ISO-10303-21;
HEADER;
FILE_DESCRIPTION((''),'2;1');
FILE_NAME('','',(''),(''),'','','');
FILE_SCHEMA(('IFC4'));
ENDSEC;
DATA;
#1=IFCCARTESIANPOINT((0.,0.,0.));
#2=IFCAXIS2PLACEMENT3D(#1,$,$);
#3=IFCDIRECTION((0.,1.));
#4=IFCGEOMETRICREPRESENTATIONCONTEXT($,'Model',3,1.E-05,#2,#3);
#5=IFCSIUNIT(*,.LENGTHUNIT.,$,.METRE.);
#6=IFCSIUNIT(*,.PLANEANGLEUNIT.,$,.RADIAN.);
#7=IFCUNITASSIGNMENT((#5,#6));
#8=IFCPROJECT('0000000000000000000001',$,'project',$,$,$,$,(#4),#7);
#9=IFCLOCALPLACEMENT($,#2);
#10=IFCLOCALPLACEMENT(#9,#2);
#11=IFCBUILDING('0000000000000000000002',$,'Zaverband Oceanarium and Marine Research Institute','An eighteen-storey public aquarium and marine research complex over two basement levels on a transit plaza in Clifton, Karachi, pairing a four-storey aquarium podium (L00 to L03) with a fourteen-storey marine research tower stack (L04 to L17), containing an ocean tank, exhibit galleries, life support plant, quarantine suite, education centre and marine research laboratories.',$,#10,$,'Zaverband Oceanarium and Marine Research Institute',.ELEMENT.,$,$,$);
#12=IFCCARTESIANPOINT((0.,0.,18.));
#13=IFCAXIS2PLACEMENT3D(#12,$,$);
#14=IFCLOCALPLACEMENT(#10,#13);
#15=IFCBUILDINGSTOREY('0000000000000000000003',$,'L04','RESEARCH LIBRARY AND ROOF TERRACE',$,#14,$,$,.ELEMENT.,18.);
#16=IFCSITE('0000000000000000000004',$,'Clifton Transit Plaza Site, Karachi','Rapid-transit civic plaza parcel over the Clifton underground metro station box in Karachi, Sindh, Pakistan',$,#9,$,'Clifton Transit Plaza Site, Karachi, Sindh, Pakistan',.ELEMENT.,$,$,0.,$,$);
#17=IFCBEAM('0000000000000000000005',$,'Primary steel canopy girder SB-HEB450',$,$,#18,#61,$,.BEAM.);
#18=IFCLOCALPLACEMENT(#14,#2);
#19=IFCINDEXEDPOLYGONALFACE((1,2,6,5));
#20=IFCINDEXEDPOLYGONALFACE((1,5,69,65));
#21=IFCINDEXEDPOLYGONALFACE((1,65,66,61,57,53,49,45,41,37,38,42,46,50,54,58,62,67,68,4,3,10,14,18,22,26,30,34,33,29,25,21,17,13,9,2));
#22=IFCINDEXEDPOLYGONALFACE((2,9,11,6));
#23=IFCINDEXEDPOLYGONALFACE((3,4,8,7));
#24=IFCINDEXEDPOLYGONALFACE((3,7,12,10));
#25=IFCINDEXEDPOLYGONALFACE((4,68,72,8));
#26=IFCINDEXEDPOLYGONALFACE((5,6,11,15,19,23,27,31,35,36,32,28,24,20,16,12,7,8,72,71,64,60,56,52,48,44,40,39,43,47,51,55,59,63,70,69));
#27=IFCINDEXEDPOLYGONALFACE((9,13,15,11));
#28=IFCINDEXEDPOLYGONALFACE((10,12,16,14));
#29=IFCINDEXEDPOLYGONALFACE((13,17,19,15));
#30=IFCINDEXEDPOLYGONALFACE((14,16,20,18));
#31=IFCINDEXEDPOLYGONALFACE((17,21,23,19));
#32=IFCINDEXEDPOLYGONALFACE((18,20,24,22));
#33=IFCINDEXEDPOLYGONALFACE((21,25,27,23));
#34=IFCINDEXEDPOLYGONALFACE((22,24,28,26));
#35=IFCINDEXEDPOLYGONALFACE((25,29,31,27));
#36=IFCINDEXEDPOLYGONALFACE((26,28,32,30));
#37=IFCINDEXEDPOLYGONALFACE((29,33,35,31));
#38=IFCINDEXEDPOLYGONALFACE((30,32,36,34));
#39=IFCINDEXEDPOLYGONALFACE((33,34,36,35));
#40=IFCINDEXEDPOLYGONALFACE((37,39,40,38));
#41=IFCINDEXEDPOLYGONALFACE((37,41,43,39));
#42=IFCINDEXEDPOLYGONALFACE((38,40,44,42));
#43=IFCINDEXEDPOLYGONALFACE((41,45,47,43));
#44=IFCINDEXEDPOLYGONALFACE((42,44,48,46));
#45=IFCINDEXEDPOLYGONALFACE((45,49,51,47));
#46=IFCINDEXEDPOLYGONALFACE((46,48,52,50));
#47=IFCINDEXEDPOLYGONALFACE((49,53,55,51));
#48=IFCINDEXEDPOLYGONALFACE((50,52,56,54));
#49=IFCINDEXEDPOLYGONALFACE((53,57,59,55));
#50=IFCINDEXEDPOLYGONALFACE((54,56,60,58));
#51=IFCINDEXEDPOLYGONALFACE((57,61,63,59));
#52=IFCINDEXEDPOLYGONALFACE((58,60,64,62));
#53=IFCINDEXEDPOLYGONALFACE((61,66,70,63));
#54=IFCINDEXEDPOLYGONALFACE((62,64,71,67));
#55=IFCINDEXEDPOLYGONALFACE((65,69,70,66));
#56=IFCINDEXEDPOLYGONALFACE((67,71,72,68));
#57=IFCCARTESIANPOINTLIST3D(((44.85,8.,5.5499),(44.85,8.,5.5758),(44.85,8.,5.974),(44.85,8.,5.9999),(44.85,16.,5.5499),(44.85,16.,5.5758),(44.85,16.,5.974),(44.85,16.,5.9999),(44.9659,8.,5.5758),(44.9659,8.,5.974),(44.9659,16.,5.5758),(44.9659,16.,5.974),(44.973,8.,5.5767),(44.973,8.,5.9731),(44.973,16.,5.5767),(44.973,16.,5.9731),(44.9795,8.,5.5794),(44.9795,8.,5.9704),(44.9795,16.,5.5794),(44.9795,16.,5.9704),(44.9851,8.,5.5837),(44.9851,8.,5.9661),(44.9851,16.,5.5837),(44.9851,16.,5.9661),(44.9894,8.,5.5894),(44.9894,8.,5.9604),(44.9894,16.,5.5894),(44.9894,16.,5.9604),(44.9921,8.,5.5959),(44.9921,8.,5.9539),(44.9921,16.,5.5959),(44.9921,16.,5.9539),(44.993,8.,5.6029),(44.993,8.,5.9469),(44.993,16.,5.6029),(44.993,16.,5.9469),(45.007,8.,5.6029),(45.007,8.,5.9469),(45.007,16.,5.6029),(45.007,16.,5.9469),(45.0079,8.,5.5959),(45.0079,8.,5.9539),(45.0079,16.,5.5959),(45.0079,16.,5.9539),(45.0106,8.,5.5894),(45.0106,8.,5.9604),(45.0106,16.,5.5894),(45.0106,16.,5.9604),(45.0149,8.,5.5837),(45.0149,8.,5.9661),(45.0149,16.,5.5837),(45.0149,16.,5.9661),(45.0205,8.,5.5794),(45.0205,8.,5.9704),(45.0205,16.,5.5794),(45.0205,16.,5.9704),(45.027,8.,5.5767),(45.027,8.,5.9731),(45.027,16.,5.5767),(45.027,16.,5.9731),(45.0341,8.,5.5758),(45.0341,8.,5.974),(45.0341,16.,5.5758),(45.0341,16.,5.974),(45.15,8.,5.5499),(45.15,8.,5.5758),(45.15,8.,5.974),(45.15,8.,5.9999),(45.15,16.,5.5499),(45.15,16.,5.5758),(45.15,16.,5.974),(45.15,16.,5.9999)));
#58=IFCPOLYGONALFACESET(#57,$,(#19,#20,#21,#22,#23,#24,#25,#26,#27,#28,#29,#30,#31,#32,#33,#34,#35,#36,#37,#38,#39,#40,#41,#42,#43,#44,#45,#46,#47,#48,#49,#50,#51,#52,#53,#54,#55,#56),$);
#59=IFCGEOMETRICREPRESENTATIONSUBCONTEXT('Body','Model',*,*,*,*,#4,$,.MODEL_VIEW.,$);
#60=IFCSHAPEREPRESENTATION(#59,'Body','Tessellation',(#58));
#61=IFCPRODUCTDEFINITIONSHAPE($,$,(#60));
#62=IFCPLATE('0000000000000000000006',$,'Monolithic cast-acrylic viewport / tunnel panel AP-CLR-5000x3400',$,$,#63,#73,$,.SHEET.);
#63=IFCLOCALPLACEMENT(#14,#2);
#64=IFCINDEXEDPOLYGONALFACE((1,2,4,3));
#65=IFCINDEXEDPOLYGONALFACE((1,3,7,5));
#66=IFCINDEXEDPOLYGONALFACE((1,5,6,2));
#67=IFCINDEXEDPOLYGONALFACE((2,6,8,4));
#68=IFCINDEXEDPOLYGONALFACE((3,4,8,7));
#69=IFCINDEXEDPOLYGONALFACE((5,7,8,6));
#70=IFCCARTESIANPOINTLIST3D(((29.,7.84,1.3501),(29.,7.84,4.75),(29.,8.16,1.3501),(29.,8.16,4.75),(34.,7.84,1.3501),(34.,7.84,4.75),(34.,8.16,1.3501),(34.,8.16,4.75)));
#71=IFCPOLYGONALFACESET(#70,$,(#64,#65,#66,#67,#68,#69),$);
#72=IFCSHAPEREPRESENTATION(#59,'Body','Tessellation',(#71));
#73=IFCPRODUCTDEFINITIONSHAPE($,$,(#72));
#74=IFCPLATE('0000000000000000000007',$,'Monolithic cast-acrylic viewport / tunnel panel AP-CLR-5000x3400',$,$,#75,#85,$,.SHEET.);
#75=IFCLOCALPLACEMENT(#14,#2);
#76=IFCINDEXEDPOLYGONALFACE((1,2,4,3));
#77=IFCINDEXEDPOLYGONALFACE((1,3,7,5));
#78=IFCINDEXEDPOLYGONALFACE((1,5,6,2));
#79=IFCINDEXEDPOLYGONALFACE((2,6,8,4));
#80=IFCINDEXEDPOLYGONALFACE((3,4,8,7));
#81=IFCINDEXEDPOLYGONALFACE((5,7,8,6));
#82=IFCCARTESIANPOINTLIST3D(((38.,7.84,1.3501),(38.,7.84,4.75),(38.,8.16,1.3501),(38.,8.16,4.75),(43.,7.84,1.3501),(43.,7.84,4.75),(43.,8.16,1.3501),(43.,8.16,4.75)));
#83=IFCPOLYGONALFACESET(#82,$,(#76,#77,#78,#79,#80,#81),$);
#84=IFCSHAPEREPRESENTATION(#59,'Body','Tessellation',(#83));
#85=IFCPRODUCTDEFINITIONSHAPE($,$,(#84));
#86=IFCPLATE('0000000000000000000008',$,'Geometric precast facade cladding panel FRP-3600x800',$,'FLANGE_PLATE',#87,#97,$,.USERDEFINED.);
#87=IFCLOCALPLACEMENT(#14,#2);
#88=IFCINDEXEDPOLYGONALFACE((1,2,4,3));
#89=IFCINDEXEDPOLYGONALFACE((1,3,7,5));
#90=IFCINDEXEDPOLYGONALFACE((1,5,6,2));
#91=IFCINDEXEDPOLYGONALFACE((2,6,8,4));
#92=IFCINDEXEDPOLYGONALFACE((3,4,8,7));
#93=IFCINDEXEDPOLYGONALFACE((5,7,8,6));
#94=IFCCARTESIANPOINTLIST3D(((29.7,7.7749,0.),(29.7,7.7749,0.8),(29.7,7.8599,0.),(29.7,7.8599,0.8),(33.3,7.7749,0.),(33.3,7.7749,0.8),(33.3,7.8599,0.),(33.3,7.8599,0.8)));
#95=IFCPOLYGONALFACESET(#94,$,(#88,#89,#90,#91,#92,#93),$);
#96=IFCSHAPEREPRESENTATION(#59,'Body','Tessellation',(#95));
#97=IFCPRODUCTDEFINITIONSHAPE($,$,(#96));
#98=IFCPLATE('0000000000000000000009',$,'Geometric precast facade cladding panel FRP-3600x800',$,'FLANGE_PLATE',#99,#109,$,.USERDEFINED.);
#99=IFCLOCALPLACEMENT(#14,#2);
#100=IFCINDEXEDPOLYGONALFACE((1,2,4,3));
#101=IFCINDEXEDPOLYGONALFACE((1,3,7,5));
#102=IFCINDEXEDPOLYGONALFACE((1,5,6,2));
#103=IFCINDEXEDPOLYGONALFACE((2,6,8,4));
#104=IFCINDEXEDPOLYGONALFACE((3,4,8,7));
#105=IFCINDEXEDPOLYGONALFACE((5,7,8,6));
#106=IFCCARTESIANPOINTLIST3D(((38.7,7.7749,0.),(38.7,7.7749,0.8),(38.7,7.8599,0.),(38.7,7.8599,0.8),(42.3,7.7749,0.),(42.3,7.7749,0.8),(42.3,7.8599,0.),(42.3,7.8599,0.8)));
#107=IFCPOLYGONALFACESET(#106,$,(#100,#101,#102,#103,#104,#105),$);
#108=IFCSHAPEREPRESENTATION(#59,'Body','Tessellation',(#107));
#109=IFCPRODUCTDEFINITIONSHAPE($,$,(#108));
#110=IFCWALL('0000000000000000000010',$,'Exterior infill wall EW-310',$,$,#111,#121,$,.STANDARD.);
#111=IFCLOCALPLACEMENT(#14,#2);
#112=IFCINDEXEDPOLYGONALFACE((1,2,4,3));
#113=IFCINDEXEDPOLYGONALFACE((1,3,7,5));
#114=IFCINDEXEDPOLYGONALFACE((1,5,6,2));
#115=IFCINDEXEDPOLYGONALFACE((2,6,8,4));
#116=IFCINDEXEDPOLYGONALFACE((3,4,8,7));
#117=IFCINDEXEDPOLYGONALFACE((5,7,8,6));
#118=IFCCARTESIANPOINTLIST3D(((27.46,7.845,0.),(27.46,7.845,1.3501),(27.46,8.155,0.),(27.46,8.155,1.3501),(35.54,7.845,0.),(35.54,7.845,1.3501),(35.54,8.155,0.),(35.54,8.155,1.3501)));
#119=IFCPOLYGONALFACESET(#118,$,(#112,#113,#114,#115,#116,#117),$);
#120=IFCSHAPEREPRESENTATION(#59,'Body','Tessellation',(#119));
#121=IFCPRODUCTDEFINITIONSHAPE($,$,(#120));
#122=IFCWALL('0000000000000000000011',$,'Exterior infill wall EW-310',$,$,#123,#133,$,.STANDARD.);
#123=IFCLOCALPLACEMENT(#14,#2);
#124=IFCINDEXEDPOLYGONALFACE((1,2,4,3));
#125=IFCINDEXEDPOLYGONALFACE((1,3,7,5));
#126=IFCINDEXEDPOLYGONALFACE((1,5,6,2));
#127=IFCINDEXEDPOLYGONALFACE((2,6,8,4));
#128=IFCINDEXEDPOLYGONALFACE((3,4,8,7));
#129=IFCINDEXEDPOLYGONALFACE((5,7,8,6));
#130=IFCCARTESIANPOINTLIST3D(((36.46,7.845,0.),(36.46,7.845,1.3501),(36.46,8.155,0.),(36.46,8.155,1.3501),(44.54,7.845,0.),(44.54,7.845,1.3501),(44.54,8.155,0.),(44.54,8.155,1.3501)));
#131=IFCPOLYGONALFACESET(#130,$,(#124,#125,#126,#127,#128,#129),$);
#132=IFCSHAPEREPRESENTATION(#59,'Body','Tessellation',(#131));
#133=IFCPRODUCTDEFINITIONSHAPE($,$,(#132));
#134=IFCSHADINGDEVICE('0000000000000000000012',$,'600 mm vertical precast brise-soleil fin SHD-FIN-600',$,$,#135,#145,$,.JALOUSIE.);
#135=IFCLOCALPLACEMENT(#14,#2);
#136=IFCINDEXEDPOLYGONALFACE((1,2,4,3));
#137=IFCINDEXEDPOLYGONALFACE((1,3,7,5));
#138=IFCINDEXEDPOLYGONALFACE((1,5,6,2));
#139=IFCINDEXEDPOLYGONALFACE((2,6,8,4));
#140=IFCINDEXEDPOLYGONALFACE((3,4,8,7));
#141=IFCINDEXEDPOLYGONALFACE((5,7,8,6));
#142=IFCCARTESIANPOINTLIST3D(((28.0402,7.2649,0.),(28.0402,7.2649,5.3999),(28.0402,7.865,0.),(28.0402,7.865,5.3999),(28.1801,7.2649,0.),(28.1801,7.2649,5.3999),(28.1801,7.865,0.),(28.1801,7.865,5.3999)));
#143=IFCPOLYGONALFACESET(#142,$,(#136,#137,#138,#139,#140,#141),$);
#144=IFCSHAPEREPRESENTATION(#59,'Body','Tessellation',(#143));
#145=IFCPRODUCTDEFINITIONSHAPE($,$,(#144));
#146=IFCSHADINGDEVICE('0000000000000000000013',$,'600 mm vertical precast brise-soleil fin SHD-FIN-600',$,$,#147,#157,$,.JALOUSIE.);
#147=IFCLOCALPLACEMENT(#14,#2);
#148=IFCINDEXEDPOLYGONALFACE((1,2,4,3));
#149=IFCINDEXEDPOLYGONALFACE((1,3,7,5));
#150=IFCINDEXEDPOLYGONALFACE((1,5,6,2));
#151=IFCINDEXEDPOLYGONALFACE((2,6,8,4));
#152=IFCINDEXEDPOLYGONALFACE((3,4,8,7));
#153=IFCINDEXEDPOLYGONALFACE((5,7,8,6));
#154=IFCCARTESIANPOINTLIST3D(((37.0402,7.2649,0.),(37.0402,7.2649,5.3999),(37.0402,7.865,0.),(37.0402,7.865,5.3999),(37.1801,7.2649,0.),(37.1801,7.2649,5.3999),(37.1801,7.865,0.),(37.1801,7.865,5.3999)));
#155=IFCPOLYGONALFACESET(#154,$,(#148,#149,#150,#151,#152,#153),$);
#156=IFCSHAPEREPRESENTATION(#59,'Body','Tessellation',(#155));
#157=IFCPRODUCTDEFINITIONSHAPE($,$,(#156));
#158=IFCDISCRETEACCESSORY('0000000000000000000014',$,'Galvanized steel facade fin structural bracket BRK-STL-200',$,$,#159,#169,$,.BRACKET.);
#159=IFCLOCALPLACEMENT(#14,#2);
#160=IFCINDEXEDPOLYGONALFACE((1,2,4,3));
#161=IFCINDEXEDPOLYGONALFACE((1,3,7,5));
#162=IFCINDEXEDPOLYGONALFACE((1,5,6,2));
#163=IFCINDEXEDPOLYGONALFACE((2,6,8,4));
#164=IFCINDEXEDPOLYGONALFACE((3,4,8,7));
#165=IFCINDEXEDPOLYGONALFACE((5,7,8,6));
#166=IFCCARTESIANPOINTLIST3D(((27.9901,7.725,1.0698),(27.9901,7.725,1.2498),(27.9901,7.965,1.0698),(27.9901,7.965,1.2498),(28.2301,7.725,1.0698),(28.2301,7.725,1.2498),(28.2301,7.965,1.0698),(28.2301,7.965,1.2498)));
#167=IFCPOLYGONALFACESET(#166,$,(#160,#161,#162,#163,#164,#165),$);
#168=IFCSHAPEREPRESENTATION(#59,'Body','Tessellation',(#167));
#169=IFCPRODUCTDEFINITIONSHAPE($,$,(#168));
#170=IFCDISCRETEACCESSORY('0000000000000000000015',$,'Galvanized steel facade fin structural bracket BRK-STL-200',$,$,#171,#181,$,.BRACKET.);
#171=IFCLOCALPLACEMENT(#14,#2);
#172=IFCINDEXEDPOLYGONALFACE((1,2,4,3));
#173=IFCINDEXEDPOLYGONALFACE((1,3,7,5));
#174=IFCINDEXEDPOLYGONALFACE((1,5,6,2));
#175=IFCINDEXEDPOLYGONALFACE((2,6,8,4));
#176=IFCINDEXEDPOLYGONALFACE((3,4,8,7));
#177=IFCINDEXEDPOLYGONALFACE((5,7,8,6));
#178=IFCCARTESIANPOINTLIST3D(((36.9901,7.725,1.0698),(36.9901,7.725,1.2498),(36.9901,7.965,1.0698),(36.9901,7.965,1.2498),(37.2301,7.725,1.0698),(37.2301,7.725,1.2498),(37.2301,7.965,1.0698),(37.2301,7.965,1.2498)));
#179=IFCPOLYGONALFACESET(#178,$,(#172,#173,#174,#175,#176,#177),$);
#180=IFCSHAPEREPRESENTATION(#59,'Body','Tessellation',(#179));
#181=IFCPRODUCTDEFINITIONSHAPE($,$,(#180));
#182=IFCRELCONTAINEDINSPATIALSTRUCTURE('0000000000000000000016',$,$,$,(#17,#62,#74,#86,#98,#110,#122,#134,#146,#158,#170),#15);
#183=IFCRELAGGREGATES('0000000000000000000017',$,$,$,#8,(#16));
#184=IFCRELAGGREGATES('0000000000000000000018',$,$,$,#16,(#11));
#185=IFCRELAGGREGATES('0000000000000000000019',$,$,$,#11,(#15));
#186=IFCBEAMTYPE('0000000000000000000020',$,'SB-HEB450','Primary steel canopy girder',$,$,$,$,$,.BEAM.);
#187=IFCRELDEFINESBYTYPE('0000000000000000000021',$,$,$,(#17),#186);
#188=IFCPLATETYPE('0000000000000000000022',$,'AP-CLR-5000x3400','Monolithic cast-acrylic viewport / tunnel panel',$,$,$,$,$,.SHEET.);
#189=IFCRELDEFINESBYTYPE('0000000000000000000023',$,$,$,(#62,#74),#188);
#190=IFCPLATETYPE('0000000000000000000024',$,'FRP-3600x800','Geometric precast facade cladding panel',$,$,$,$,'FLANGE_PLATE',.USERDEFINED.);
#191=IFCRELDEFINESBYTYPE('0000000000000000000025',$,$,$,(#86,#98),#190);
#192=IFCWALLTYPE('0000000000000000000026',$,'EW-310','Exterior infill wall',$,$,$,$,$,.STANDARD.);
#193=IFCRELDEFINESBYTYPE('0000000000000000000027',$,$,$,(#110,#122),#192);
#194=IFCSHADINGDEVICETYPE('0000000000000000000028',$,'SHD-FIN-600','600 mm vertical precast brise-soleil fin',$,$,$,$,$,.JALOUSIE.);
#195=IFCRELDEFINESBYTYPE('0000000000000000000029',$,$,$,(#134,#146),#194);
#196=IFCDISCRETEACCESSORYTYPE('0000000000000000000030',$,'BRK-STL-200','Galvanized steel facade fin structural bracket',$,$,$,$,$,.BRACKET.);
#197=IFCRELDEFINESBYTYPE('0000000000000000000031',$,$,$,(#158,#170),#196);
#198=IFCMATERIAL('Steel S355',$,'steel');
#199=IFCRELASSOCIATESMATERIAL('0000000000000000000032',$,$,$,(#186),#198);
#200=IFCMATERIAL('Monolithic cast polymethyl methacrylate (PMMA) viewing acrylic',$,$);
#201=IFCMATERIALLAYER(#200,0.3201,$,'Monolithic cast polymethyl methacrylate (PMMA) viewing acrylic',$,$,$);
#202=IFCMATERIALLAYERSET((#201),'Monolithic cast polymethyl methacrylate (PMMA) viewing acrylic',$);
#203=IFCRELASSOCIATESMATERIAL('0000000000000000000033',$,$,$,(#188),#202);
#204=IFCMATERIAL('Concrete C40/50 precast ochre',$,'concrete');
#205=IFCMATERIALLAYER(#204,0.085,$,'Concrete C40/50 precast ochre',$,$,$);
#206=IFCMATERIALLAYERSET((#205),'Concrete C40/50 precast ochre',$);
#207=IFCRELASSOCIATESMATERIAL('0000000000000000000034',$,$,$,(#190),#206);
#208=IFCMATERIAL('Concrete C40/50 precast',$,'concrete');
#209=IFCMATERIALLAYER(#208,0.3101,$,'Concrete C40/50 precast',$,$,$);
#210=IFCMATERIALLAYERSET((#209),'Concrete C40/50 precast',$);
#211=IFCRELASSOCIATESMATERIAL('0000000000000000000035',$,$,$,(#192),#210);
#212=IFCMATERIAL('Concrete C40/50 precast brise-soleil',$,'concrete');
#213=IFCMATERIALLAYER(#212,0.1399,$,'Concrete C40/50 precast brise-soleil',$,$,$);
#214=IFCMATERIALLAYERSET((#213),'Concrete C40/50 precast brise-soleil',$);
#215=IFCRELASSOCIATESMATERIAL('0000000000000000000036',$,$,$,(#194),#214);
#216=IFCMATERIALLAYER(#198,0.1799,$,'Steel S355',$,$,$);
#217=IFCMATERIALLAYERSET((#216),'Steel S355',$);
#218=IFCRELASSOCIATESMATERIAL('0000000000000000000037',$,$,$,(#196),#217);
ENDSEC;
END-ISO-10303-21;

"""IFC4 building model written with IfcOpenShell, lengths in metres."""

from ifc_helpers import new_model, si_unit, direction, frame, frame_2d, origin, origin_2d, place, context, subcontext, project, spatial, rectangle, i_section, extrude, material, layer, layer_set, material_profile, profile_set, type_object, element, save


model = new_model("IFC4")

# Units and contexts
model_context = context("Model", 3, precision=1e-05, world=origin(), true_north=direction((0.0, 1.0)))
body_context = subcontext(model_context, "Body", "Model", "MODEL_VIEW")
ifc_project = project(units=[si_unit("LENGTHUNIT", "METRE"), si_unit("PLANEANGLEUNIT", "RADIAN")], contexts=[model_context])

# Site, building, storey
site_placement = place(None, origin())
site = spatial("IfcSite", under=ifc_project, at=site_placement, Name="Clifton Transit Plaza Site, Karachi", Description="Rapid-transit civic plaza parcel over the Clifton underground metro station box in Karachi, Sindh, Pakistan", LongName="Clifton Transit Plaza Site, Karachi, Sindh, Pakistan", CompositionType="ELEMENT", RefElevation=0.0)
building_placement = place(site_placement, origin())
building = spatial("IfcBuilding", under=site, at=building_placement, Name="Zaverband Oceanarium and Marine Research Institute", Description="An eighteen-storey public aquarium and marine research complex over two basement levels on a transit plaza in Clifton, Karachi, pairing a four-storey aquarium podium (L00 to L03) with a fourteen-storey marine research tower stack (L04 to L17), containing an ocean tank, exhibit galleries, life support plant, quarantine suite, education centre and marine research laboratories.", LongName="Zaverband Oceanarium and Marine Research Institute", CompositionType="ELEMENT")
storey_placement = place(building_placement, frame((0.0, 0.0, 18.0)))
storey = spatial("IfcBuildingStorey", under=building, at=storey_placement, Name="L04", Description="RESEARCH LIBRARY AND ROOF TERRACE", CompositionType="ELEMENT", Elevation=18.0)

# Beam
ifc_material_1 = material(Name="Steel S355", Category="steel")
ifc_material_profile_1 = material_profile(ifc_material_1, i_section(OverallWidth=0.3, OverallDepth=0.45, WebThickness=0.0139, FlangeThickness=0.0259, FilletRadius=0.0271, at=origin_2d()), Name="HEB450")
ifc_profile_set_1 = profile_set([ifc_material_profile_1], Name="Steel S355")
beam_type = type_object("IfcBeamType", Name="SB-HEB450", Description="Primary steel canopy girder", PredefinedType="BEAM", material=ifc_profile_set_1)
for number, where, z_axis, x_axis, name in (
    (1, (45.0, 8.0, 5.7749), (0.0, 1.0, 0.0), (-1.0, 0.0, 0.0), "Primary steel canopy girder SB-HEB450"),
):
    element("IfcBeam", number, at=place(storey_placement, frame(where, z_axis=z_axis, x_axis=x_axis)), inside=storey, type_object=beam_type, Name=name, PredefinedType="BEAM", context=body_context, shape_type="SweptSolid", body=[
        extrude(i_section(OverallWidth=0.3, OverallDepth=0.45, WebThickness=0.0139, FlangeThickness=0.0259, FilletRadius=0.0271, at=origin_2d()), origin(), (0.0, 0.0, 1.0), 8.0),
    ])

# Plates
ifc_material_2 = material(Name="Monolithic cast polymethyl methacrylate (PMMA) viewing acrylic")
ifc_layer_1 = layer(ifc_material_2, 0.3201, Name="Monolithic cast polymethyl methacrylate (PMMA) viewing acrylic")
ifc_layer_set_1 = layer_set([ifc_layer_1], Name="Monolithic cast polymethyl methacrylate (PMMA) viewing acrylic")
plate_type_1 = type_object("IfcPlateType", Name="AP-CLR-5000x3400", Description="Monolithic cast-acrylic viewport / tunnel panel", PredefinedType="SHEET", material=ifc_layer_set_1)
for number, where, z_axis, x_axis, name in (
    (2, (29.0, 8.0, 1.3501), (0.0, 0.0, 1.0), (1.0, 0.0, 0.0), "Monolithic cast-acrylic viewport / tunnel panel AP-CLR-5000x3400"),
    (3, (38.0, 8.0, 1.3501), (0.0, 0.0, 1.0), (1.0, 0.0, 0.0), "Monolithic cast-acrylic viewport / tunnel panel AP-CLR-5000x3400"),
):
    element("IfcPlate", number, at=place(storey_placement, frame(where, z_axis=z_axis, x_axis=x_axis)), inside=storey, type_object=plate_type_1, Name=name, PredefinedType="SHEET", context=body_context, shape_type="SweptSolid", body=[
        extrude(rectangle(XDim=5.0, YDim=0.3201, at=frame_2d((2.5, 0.0))), origin(), (0.0, 0.0, 1.0), 3.3999),
    ])
ifc_material_3 = material(Name="Concrete C40/50 precast ochre", Category="concrete")
ifc_layer_2 = layer(ifc_material_3, 0.085, Name="Concrete C40/50 precast ochre")
ifc_layer_set_2 = layer_set([ifc_layer_2], Name="Concrete C40/50 precast ochre")
plate_type_2 = type_object("IfcPlateType", Name="FRP-3600x800", Description="Geometric precast facade cladding panel", ElementType="FLANGE_PLATE", PredefinedType="USERDEFINED", material=ifc_layer_set_2)
for number, where, z_axis, x_axis, name in (
    (4, (29.7, 7.8174, 0.0), (0.0, 0.0, 1.0), (1.0, 0.0, 0.0), "Geometric precast facade cladding panel FRP-3600x800"),
    (5, (38.7, 7.8174, 0.0), (0.0, 0.0, 1.0), (1.0, 0.0, 0.0), "Geometric precast facade cladding panel FRP-3600x800"),
):
    element("IfcPlate", number, at=place(storey_placement, frame(where, z_axis=z_axis, x_axis=x_axis)), inside=storey, type_object=plate_type_2, Name=name, ObjectType="FLANGE_PLATE", PredefinedType="USERDEFINED", context=body_context, shape_type="SweptSolid", body=[
        extrude(rectangle(XDim=3.6001, YDim=0.085, at=frame_2d((1.8, 0.0))), origin(), (0.0, 0.0, 1.0), 0.8),
    ])

# Walls
ifc_material_4 = material(Name="Concrete C40/50 precast", Category="concrete")
ifc_layer_3 = layer(ifc_material_4, 0.3101, Name="Concrete C40/50 precast")
ifc_layer_set_3 = layer_set([ifc_layer_3], Name="Concrete C40/50 precast")
wall_type = type_object("IfcWallType", Name="EW-310", Description="Exterior infill wall", PredefinedType="STANDARD", material=ifc_layer_set_3)
for number, where, z_axis, x_axis, name in (
    (6, (27.46, 8.0, 0.0), (0.0, 0.0, 1.0), (1.0, 0.0, 0.0), "Exterior infill wall EW-310"),
    (7, (36.46, 8.0, 0.0), (0.0, 0.0, 1.0), (1.0, 0.0, 0.0), "Exterior infill wall EW-310"),
):
    element("IfcWall", number, at=place(storey_placement, frame(where, z_axis=z_axis, x_axis=x_axis)), inside=storey, type_object=wall_type, Name=name, PredefinedType="STANDARD", context=body_context, shape_type="SweptSolid", body=[
        extrude(rectangle(XDim=8.0801, YDim=0.3101, at=frame_2d((4.04, 0.0))), origin(), (0.0, 0.0, 1.0), 1.3501),
    ])

# Shading devices
ifc_material_5 = material(Name="Concrete C40/50 precast brise-soleil", Category="concrete")
ifc_layer_4 = layer(ifc_material_5, 0.1399, Name="Concrete C40/50 precast brise-soleil")
ifc_layer_set_4 = layer_set([ifc_layer_4], Name="Concrete C40/50 precast brise-soleil")
shading_device_type = type_object("IfcShadingDeviceType", Name="SHD-FIN-600", Description="600 mm vertical precast brise-soleil fin", PredefinedType="JALOUSIE", material=ifc_layer_set_4)
for number, where, z_axis, x_axis, name in (
    (8, (28.1101, 7.865, 0.0), (0.0, 0.0, 1.0), (0.0, -1.0, 0.0), "600 mm vertical precast brise-soleil fin SHD-FIN-600"),
    (9, (37.1101, 7.865, 0.0), (0.0, 0.0, 1.0), (0.0, -1.0, 0.0), "600 mm vertical precast brise-soleil fin SHD-FIN-600"),
):
    element("IfcShadingDevice", number, at=place(storey_placement, frame(where, z_axis=z_axis, x_axis=x_axis)), inside=storey, type_object=shading_device_type, Name=name, PredefinedType="JALOUSIE", context=body_context, shape_type="SweptSolid", body=[
        extrude(rectangle(XDim=0.6001, YDim=0.1399, at=frame_2d((0.3, 0.0))), origin(), (0.0, 0.0, 1.0), 5.3999),
    ])

# Discrete accessories
ifc_layer_5 = layer(ifc_material_1, 0.1799, Name="Steel S355")
ifc_layer_set_5 = layer_set([ifc_layer_5], Name="Steel S355")
discrete_accessory_type = type_object("IfcDiscreteAccessoryType", Name="BRK-STL-200", Description="Galvanized steel facade fin structural bracket", PredefinedType="BRACKET", material=ifc_layer_set_5)
for number, where, z_axis, x_axis, name in (
    (10, (28.1101, 7.845, 1.0698), (0.0, 0.0, 1.0), (1.0, 0.0, 0.0), "Galvanized steel facade fin structural bracket BRK-STL-200"),
    (11, (37.1101, 7.845, 1.0698), (0.0, 0.0, 1.0), (1.0, 0.0, 0.0), "Galvanized steel facade fin structural bracket BRK-STL-200"),
):
    element("IfcDiscreteAccessory", number, at=place(storey_placement, frame(where, z_axis=z_axis, x_axis=x_axis)), inside=storey, type_object=discrete_accessory_type, Name=name, PredefinedType="BRACKET", context=body_context, shape_type="SweptSolid", body=[
        extrude(rectangle(XDim=0.24, YDim=0.24, at=origin_2d()), origin(), (0.0, 0.0, 1.0), 0.1799),
    ])

save(model, "model.ifc")
